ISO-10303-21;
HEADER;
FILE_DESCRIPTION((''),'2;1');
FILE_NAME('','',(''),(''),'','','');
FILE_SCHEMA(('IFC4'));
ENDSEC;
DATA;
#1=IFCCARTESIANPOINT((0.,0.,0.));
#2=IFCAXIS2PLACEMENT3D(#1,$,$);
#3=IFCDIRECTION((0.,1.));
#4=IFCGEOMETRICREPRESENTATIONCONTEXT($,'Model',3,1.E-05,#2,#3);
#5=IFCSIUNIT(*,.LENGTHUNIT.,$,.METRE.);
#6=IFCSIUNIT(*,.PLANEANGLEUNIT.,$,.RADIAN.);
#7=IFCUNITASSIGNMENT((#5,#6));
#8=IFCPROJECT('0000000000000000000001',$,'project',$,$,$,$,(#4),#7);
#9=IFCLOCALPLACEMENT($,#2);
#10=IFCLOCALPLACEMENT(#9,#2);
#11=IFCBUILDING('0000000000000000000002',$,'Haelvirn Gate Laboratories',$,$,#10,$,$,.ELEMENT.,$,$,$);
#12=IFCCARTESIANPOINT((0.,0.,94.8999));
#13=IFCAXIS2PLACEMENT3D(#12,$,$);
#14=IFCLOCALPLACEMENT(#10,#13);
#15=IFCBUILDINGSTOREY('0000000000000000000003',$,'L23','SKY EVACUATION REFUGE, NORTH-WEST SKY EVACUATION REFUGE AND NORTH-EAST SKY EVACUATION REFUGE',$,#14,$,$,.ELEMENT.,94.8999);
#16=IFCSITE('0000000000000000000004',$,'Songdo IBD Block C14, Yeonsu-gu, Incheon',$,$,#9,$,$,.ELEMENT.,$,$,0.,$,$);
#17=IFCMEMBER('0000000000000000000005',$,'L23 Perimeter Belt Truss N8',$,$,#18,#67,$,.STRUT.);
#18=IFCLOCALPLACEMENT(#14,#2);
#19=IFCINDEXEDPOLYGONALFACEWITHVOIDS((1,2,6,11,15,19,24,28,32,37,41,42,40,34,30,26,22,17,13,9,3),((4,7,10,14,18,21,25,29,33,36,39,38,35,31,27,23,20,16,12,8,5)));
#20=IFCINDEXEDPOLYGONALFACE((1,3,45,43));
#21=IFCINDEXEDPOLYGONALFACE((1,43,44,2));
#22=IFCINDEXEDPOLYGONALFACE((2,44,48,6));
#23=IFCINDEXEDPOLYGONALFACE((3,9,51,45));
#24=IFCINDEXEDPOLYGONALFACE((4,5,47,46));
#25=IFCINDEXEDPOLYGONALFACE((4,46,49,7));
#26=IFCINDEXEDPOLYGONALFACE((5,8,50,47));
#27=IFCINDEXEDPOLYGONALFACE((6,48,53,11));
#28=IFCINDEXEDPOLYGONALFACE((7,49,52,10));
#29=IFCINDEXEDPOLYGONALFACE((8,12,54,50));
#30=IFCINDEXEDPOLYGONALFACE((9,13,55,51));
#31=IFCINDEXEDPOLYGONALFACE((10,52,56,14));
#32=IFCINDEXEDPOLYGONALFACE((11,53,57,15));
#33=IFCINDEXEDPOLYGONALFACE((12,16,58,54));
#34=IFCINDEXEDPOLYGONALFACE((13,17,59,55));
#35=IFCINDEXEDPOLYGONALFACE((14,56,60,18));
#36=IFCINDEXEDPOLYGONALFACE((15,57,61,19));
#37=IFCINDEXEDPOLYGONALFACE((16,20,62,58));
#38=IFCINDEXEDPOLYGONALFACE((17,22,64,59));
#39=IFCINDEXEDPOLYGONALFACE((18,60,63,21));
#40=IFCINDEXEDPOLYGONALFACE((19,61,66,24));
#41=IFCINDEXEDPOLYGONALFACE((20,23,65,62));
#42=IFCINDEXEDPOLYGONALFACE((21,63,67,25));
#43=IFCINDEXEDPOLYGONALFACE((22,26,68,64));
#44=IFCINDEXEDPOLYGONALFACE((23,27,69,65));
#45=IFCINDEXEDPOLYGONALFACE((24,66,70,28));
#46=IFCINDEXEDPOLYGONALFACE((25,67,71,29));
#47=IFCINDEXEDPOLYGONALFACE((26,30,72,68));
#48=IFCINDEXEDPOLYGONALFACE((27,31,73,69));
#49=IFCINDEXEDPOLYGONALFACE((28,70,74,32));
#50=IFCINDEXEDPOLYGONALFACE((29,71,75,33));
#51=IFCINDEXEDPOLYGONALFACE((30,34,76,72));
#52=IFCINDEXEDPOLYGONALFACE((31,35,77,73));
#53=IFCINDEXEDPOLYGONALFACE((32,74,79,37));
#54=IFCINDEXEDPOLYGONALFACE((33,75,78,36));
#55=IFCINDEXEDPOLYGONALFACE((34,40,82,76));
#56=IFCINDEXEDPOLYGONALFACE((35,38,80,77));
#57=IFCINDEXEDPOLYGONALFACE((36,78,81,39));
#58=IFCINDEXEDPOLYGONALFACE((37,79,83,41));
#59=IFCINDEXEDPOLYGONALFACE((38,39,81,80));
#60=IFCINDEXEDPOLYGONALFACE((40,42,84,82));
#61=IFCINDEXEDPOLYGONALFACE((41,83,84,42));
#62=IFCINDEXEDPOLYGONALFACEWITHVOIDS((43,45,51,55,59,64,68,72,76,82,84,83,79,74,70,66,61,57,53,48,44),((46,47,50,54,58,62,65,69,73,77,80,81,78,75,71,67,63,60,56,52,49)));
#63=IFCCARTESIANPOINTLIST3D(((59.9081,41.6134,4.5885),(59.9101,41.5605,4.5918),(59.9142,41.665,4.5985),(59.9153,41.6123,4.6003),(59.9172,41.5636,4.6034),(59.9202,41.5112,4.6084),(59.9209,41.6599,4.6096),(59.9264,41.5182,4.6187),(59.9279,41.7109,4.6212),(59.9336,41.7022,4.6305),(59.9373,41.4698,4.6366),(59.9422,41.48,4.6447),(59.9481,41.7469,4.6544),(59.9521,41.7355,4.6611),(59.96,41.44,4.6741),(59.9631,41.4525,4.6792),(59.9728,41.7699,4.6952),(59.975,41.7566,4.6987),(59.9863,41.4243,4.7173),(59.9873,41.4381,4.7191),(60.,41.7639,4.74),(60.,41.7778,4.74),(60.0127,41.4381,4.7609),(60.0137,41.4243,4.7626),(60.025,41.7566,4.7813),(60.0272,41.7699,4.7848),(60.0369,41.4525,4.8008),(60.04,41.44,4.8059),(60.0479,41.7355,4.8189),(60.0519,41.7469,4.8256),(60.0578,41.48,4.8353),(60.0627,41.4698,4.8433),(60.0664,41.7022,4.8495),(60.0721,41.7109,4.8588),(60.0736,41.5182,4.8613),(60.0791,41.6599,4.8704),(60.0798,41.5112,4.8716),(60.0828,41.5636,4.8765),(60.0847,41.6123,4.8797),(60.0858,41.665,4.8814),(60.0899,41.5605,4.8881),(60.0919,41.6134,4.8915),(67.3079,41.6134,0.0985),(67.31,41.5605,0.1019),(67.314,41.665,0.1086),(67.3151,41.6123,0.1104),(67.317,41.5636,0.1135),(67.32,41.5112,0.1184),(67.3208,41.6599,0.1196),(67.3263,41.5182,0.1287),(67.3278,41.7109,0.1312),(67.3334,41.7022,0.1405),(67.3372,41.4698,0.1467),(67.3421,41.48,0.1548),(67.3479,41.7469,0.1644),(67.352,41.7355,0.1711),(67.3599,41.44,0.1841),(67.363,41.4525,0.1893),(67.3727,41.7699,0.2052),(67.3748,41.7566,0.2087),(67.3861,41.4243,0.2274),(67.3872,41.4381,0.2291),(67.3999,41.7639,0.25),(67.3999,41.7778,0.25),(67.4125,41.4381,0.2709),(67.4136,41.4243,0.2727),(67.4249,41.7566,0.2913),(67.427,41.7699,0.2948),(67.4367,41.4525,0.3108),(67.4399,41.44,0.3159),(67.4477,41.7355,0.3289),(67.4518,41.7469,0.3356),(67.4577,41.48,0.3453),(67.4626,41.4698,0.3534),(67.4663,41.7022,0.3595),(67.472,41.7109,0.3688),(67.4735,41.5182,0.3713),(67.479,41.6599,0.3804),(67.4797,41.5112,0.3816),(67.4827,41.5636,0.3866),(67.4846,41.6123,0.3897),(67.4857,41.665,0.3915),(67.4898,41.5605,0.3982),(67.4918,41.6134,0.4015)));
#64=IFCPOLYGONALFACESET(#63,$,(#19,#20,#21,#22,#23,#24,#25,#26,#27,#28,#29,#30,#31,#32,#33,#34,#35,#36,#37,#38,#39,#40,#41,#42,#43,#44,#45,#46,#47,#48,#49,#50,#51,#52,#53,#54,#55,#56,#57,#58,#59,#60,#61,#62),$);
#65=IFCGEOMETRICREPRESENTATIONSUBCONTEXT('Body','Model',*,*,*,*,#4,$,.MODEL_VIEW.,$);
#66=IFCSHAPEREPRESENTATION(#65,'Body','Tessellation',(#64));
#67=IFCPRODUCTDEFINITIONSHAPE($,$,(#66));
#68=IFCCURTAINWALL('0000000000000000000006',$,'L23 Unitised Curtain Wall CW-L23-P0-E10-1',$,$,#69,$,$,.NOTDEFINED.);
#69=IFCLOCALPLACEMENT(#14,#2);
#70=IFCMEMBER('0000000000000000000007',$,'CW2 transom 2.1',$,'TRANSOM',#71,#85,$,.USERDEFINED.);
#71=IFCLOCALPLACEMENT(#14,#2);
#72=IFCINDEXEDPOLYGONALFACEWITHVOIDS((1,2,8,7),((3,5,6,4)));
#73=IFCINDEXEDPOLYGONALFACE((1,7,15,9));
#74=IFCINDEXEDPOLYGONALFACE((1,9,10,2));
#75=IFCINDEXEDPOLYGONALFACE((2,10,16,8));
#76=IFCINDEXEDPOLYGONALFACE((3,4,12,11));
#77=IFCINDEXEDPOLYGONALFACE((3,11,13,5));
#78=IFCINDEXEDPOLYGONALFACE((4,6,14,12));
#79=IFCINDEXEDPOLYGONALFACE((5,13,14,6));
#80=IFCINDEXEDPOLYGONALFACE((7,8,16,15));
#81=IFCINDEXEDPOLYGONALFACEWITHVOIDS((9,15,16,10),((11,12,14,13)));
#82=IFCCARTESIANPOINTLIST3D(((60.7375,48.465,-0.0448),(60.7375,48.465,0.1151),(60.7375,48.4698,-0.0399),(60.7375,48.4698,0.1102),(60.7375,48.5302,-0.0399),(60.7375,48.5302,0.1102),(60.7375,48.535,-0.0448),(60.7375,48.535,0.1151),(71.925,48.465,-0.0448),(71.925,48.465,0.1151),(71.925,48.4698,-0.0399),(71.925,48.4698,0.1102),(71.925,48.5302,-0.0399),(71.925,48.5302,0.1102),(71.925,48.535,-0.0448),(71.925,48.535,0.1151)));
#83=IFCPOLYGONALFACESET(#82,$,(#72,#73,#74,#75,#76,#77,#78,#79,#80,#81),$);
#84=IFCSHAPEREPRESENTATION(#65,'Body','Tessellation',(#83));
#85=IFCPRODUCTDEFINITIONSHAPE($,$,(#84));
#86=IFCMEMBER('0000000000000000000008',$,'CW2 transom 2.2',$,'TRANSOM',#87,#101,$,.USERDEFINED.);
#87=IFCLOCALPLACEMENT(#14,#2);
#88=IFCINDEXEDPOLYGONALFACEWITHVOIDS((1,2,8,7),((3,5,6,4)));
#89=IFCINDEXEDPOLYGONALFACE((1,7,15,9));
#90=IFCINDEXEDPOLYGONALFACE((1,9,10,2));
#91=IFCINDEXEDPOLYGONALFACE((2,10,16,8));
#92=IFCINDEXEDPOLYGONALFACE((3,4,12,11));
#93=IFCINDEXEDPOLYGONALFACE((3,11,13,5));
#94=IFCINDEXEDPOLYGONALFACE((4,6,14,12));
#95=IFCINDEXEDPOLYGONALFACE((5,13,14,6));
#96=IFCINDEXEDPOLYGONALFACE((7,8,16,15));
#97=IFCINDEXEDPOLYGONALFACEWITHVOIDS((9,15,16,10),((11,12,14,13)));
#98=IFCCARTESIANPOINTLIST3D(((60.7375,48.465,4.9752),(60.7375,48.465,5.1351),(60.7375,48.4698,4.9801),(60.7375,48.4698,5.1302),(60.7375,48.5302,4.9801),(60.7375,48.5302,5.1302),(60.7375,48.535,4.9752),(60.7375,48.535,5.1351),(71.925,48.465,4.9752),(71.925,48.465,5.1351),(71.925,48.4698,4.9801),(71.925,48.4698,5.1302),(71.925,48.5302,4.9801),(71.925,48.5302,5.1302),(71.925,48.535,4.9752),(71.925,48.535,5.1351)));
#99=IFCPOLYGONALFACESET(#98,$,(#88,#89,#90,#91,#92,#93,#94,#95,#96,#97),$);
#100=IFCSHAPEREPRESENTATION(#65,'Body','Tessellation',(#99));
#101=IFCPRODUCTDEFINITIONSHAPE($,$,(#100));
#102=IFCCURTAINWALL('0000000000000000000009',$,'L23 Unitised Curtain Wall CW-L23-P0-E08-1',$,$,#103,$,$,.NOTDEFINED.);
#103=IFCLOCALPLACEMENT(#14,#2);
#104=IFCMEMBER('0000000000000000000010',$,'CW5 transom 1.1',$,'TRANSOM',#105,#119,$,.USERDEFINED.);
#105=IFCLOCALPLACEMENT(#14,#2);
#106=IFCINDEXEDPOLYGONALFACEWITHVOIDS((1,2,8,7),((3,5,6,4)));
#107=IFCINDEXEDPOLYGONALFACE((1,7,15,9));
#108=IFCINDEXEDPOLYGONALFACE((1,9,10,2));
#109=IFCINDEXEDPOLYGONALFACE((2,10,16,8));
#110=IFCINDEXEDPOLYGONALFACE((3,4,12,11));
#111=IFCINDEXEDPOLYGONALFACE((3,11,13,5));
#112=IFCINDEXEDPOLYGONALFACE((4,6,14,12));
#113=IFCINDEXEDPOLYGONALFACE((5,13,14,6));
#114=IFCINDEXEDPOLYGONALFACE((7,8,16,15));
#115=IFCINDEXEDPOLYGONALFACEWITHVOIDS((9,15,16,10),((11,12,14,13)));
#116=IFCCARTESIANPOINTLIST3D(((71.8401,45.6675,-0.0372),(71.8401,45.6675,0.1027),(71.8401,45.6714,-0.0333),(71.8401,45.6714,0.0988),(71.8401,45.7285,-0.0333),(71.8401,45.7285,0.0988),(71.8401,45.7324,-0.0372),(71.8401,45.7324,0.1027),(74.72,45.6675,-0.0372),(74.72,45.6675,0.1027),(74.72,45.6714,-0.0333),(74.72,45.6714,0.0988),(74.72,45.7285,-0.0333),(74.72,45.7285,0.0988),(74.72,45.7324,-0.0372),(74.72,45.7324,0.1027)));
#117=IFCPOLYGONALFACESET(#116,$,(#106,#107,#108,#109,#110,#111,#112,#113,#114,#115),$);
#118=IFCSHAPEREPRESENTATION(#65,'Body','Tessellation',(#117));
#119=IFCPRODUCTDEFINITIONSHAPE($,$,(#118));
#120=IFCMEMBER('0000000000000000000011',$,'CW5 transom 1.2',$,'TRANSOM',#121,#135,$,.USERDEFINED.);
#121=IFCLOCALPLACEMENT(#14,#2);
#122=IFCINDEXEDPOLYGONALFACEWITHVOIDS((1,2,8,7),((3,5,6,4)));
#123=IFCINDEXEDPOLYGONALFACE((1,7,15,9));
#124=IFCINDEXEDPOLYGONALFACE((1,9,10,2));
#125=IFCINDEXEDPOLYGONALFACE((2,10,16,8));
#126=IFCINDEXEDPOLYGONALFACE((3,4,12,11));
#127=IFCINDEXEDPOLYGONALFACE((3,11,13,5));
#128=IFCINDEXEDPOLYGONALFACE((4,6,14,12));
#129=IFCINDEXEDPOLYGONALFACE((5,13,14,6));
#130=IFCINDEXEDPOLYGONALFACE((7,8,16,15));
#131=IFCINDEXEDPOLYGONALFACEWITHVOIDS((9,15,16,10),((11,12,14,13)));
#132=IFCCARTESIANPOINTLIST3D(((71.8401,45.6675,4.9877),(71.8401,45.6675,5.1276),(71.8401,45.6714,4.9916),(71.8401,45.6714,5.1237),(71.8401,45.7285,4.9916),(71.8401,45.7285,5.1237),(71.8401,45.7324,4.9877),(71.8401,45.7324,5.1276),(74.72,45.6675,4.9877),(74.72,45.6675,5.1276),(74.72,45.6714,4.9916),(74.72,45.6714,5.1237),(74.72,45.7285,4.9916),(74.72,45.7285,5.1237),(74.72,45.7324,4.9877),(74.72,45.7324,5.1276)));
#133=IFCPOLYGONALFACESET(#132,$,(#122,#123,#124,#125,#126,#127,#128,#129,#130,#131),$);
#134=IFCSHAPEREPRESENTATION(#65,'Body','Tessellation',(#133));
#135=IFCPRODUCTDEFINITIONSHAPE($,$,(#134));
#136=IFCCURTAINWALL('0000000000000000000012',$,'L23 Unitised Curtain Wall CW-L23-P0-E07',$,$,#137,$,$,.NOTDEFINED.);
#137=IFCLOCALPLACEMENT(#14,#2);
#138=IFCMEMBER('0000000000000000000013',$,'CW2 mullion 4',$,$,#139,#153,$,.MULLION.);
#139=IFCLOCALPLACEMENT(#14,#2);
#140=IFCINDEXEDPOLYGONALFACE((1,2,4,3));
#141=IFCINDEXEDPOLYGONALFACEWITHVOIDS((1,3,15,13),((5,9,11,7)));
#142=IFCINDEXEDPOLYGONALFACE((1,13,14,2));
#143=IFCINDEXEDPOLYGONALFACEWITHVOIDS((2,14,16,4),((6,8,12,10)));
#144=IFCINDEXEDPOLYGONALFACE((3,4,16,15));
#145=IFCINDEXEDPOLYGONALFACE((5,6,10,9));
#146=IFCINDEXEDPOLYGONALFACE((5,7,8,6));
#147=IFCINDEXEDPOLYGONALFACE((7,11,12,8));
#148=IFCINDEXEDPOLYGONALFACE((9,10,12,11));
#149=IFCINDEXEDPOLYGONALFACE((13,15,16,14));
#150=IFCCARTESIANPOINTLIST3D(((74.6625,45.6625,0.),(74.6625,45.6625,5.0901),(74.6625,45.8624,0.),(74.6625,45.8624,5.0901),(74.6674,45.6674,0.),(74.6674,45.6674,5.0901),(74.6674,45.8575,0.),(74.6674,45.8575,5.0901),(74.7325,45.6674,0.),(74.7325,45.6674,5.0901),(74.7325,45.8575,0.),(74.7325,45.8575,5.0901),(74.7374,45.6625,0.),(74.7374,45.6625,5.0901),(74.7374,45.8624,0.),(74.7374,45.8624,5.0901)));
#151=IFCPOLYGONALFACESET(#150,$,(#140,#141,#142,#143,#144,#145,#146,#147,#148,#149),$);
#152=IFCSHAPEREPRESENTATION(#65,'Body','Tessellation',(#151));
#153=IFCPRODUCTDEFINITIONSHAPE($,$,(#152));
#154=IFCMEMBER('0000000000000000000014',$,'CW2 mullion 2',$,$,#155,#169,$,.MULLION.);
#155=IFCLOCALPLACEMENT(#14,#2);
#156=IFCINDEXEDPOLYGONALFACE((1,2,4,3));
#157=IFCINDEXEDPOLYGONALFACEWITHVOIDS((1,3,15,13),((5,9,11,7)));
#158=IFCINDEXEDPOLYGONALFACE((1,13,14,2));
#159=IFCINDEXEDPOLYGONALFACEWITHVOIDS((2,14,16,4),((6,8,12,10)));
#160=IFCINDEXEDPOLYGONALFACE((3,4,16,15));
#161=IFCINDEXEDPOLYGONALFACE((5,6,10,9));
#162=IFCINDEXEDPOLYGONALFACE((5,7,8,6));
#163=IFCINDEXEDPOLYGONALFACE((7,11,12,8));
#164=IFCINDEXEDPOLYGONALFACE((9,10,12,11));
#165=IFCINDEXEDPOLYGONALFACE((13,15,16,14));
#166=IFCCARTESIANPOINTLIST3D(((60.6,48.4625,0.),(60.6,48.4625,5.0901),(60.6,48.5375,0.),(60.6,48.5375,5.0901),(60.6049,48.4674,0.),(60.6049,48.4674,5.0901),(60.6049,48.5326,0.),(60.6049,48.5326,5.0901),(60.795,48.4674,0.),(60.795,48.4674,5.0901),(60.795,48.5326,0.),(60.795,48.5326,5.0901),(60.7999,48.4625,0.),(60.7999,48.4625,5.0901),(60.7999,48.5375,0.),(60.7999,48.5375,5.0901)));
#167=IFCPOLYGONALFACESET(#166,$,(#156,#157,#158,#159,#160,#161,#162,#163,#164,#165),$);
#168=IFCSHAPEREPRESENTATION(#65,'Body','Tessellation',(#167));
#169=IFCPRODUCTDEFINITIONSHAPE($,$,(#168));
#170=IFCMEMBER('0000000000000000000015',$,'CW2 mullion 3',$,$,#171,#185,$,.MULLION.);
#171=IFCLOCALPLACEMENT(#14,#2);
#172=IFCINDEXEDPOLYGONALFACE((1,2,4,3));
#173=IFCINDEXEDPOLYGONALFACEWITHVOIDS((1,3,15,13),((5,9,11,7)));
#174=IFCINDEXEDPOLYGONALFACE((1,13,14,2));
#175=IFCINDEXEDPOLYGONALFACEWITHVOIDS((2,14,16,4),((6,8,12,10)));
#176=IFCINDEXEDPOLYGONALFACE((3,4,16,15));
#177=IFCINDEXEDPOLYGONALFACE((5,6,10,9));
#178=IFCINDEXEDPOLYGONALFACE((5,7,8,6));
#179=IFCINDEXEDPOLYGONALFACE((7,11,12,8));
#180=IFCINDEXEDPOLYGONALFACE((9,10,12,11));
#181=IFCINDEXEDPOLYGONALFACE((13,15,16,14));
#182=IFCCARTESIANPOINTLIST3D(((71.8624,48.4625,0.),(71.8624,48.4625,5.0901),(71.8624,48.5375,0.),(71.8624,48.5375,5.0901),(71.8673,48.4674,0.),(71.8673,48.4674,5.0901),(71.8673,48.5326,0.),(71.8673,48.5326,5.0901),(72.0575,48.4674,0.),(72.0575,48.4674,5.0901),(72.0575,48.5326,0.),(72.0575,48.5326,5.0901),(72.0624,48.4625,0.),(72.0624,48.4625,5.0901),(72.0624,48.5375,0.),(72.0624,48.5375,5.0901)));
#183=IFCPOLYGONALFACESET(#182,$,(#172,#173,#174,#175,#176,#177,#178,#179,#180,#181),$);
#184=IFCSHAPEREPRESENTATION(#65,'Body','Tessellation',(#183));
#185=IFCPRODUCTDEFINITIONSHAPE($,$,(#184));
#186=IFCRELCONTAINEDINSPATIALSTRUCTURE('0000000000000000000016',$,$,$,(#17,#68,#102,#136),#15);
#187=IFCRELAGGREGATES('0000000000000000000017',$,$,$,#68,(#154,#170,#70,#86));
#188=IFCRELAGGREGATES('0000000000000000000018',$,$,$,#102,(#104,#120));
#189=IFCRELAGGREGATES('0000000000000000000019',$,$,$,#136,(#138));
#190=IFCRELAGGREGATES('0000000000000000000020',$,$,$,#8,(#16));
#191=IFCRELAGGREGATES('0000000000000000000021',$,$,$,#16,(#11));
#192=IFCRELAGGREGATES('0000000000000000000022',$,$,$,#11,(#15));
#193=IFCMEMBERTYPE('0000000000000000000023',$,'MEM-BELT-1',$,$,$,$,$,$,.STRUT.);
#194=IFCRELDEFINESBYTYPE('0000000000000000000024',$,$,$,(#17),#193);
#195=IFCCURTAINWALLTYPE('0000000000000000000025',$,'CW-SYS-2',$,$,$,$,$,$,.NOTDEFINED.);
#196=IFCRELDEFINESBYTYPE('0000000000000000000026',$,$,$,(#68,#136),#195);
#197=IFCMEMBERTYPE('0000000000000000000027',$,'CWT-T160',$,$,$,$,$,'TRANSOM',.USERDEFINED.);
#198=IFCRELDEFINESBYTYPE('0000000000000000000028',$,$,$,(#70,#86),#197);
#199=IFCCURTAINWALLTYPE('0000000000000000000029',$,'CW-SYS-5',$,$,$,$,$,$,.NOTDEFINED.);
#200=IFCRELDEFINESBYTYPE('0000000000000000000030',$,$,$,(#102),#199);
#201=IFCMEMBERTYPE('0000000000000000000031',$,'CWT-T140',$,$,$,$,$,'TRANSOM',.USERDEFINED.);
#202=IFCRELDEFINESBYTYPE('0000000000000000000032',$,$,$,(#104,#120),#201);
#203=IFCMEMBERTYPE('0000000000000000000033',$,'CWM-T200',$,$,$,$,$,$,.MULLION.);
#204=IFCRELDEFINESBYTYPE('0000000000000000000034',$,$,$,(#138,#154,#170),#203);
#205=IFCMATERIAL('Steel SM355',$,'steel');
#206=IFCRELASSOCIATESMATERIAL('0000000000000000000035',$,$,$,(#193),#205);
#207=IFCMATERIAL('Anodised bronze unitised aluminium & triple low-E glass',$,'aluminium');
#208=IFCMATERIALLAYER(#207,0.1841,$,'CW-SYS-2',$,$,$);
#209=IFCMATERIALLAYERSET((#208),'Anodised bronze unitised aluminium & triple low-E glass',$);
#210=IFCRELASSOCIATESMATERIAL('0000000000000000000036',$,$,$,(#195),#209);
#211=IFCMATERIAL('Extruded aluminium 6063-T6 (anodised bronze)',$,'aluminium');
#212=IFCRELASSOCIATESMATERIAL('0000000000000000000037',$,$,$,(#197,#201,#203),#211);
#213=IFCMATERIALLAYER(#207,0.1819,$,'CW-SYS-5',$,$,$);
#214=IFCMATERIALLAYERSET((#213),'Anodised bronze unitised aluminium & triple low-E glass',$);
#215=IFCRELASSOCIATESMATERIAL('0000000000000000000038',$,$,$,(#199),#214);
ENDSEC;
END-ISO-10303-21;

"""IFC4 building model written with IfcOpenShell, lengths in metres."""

from ifc_helpers import new_model, si_unit, direction, frame, origin, origin_2d, place, context, subcontext, project, spatial, hollow_rectangle, hollow_circle, extrude, source, transform, mapped, material, layer, layer_set, material_profile, profile_set, type_object, type_shapes, element, aggregate, save


model = new_model("IFC4")

# Units and contexts
model_context = context("Model", 3, precision=1e-05, world=origin(), true_north=direction((0.0, 1.0)))
body_context = subcontext(model_context, "Body", "Model", "MODEL_VIEW")
ifc_project = project(units=[si_unit("LENGTHUNIT", "METRE"), si_unit("PLANEANGLEUNIT", "RADIAN")], contexts=[model_context])

# Site, building, storey
site_placement = place(None, origin())
site = spatial("IfcSite", under=ifc_project, at=site_placement, Name="Songdo IBD Block C14, Yeonsu-gu, Incheon", CompositionType="ELEMENT", RefElevation=0.0)
building_placement = place(site_placement, origin())
building = spatial("IfcBuilding", under=site, at=building_placement, Name="Haelvirn Gate Laboratories", CompositionType="ELEMENT")
storey_placement = place(building_placement, frame((0.0, 0.0, 94.8999)))
storey = spatial("IfcBuildingStorey", under=building, at=storey_placement, Name="L23", Description="SKY EVACUATION REFUGE, NORTH-WEST SKY EVACUATION REFUGE AND NORTH-EAST SKY EVACUATION REFUGE", CompositionType="ELEMENT", Elevation=94.8999)

# Shared definitions
ifc_material_1 = material(Name="Steel SM355", Category="steel")

# Member
ifc_material_profile_1 = material_profile(ifc_material_1, hollow_circle(Radius=0.1777, WallThickness=0.0139, at=origin_2d()), Name="CHS-355x14")
ifc_profile_set_1 = profile_set([ifc_material_profile_1], Name="Steel SM355")
member_type_1 = type_object("IfcMemberType", Name="MEM-BELT-1", PredefinedType="STRUT", material=ifc_profile_set_1)
shared_shape_1 = source(origin(), body_context, "Body", "SweptSolid", [
    extrude(hollow_circle(Radius=0.1777, WallThickness=0.0139, at=origin_2d()), origin(), (0.0, 0.0, 1.0), 8.6555),
])
type_shapes(member_type_1, [shared_shape_1])
member_1_placement = place(storey_placement, frame((60.0, 41.6001, 4.74), z_axis=(0.854931, 0.0, -0.518741), x_axis=(0.0, 1.0, 0.0)))
element("IfcMember", 1, at=member_1_placement, inside=storey, type_object=member_type_1, Name="L23 Perimeter Belt Truss N8", PredefinedType="STRUT", context=body_context, shape_type="MappedRepresentation", body=[
    mapped(shared_shape_1, transform((0.0, 0.0, 0.0), scale=1.0)),
])

# Curtain walls, members
ifc_material_2 = material(Name="Anodised bronze unitised aluminium & triple low-E glass", Category="aluminium")
ifc_layer_1 = layer(ifc_material_2, 0.1841, Name="CW-SYS-2")
ifc_layer_set_1 = layer_set([ifc_layer_1], Name="Anodised bronze unitised aluminium & triple low-E glass")
curtain_wall_type_1 = type_object("IfcCurtainWallType", Name="CW-SYS-2", PredefinedType="NOTDEFINED", material=ifc_layer_set_1)
curtain_wall_1_placement = place(storey_placement, origin())
curtain_wall_1 = element("IfcCurtainWall", 2, at=curtain_wall_1_placement, inside=storey, type_object=curtain_wall_type_1, Name="L23 Unitised Curtain Wall CW-L23-P0-E10-1", PredefinedType="NOTDEFINED")
ifc_material_3 = material(Name="Extruded aluminium 6063-T6 (anodised bronze)", Category="aluminium")
ifc_material_profile_2 = material_profile(ifc_material_3, hollow_rectangle(XDim=0.0701, YDim=0.1599, WallThickness=0.0049, at=origin_2d()), Name="CWT-160x70x5")
ifc_profile_set_2 = profile_set([ifc_material_profile_2], Name="Extruded aluminium 6063-T6 (anodised bronze)")
member_type_2 = type_object("IfcMemberType", Name="CWT-T160", ElementType="TRANSOM", PredefinedType="USERDEFINED", material=ifc_profile_set_2)
shared_shape_2 = source(origin(), body_context, "Body", "SweptSolid", [
    extrude(hollow_rectangle(XDim=0.0701, YDim=0.1599, WallThickness=0.0049, at=origin_2d()), origin(), (0.0, 0.0, 1.0), 11.1875),
])
type_shapes(member_type_2, [shared_shape_2])
member_2_placement = place(storey_placement, frame((60.7375, 48.5, 0.0352), z_axis=(1.0, 0.0, 0.0), x_axis=(0.0, 1.0, 0.0)))
member_2 = element("IfcMember", 3, at=member_2_placement, type_object=member_type_2, Name="CW2 transom 2.1", ObjectType="TRANSOM", PredefinedType="USERDEFINED", context=body_context, shape_type="MappedRepresentation", body=[
    mapped(shared_shape_2, transform((0.0, 0.0, 0.0), scale=1.0)),
])
member_3_placement = place(storey_placement, frame((60.7375, 48.5, 5.0552), z_axis=(1.0, 0.0, 0.0), x_axis=(0.0, 1.0, 0.0)))
member_3 = element("IfcMember", 4, at=member_3_placement, type_object=member_type_2, Name="CW2 transom 2.2", ObjectType="TRANSOM", PredefinedType="USERDEFINED", context=body_context, shape_type="MappedRepresentation", body=[
    mapped(shared_shape_2, transform((0.0, 0.0, 0.0), scale=1.0)),
])
ifc_layer_2 = layer(ifc_material_2, 0.1819, Name="CW-SYS-5")
ifc_layer_set_2 = layer_set([ifc_layer_2], Name="Anodised bronze unitised aluminium & triple low-E glass")
curtain_wall_type_2 = type_object("IfcCurtainWallType", Name="CW-SYS-5", PredefinedType="NOTDEFINED", material=ifc_layer_set_2)
curtain_wall_2_placement = place(storey_placement, origin())
curtain_wall_2 = element("IfcCurtainWall", 5, at=curtain_wall_2_placement, inside=storey, type_object=curtain_wall_type_2, Name="L23 Unitised Curtain Wall CW-L23-P0-E08-1", PredefinedType="NOTDEFINED")
ifc_material_profile_3 = material_profile(ifc_material_3, hollow_rectangle(XDim=0.0649, YDim=0.1399, WallThickness=0.0039, at=origin_2d()), Name="CWT-140x65x4")
ifc_profile_set_3 = profile_set([ifc_material_profile_3], Name="Extruded aluminium 6063-T6 (anodised bronze)")
member_type_3 = type_object("IfcMemberType", Name="CWT-T140", ElementType="TRANSOM", PredefinedType="USERDEFINED", material=ifc_profile_set_3)
shared_shape_3 = source(origin(), body_context, "Body", "SweptSolid", [
    extrude(hollow_rectangle(XDim=0.0649, YDim=0.1399, WallThickness=0.0039, at=origin_2d()), origin(), (0.0, 0.0, 1.0), 2.8799),
])
type_shapes(member_type_3, [shared_shape_3])
member_4_placement = place(storey_placement, frame((71.8401, 45.7, 0.0327), z_axis=(1.0, 0.0, 0.0), x_axis=(0.0, 1.0, 0.0)))
member_4 = element("IfcMember", 6, at=member_4_placement, type_object=member_type_3, Name="CW5 transom 1.1", ObjectType="TRANSOM", PredefinedType="USERDEFINED", context=body_context, shape_type="MappedRepresentation", body=[
    mapped(shared_shape_3, transform((0.0, 0.0, 0.0), scale=1.0)),
])
member_5_placement = place(storey_placement, frame((71.8401, 45.7, 5.0576), z_axis=(1.0, 0.0, 0.0), x_axis=(0.0, 1.0, 0.0)))
member_5 = element("IfcMember", 7, at=member_5_placement, type_object=member_type_3, Name="CW5 transom 1.2", ObjectType="TRANSOM", PredefinedType="USERDEFINED", context=body_context, shape_type="MappedRepresentation", body=[
    mapped(shared_shape_3, transform((0.0, 0.0, 0.0), scale=1.0)),
])

# Curtain wall, member
curtain_wall_3_placement = place(storey_placement, origin())
curtain_wall_3 = element("IfcCurtainWall", 8, at=curtain_wall_3_placement, inside=storey, type_object=curtain_wall_type_1, Name="L23 Unitised Curtain Wall CW-L23-P0-E07", PredefinedType="NOTDEFINED")
ifc_material_profile_4 = material_profile(ifc_material_3, hollow_rectangle(XDim=0.075, YDim=0.2, WallThickness=0.0049, at=origin_2d()), Name="CWM-200x75x5")
ifc_profile_set_4 = profile_set([ifc_material_profile_4], Name="Extruded aluminium 6063-T6 (anodised bronze)")
member_type_4 = type_object("IfcMemberType", Name="CWM-T200", PredefinedType="MULLION", material=ifc_profile_set_4)
shared_shape_4 = source(origin(), body_context, "Body", "SweptSolid", [
    extrude(hollow_rectangle(XDim=0.075, YDim=0.2, WallThickness=0.0049, at=origin_2d()), origin(), (0.0, 0.0, 1.0), 5.0901),
])
type_shapes(member_type_4, [shared_shape_4])
member_6_placement = place(storey_placement, frame((74.7, 45.7625, 0.0), z_axis=(0.0, 0.0, 1.0), x_axis=(-1.0, 0.0, 0.0)))
member_6 = element("IfcMember", 9, at=member_6_placement, type_object=member_type_4, Name="CW2 mullion 4", PredefinedType="MULLION", context=body_context, shape_type="MappedRepresentation", body=[
    mapped(shared_shape_4, transform((0.0, 0.0, 0.0), scale=1.0)),
])

# Members
member_7_placement = place(storey_placement, frame((60.7, 48.5, 0.0), z_axis=(0.0, 0.0, 1.0), x_axis=(0.0, 1.0, 0.0)))
member_7 = element("IfcMember", 10, at=member_7_placement, type_object=member_type_4, Name="CW2 mullion 2", PredefinedType="MULLION", context=body_context, shape_type="MappedRepresentation", body=[
    mapped(shared_shape_4, transform((0.0, 0.0, 0.0), scale=1.0)),
])
member_8_placement = place(storey_placement, frame((71.9624, 48.5, 0.0), z_axis=(0.0, 0.0, 1.0), x_axis=(0.0, 1.0, 0.0)))
member_8 = element("IfcMember", 11, at=member_8_placement, type_object=member_type_4, Name="CW2 mullion 3", PredefinedType="MULLION", context=body_context, shape_type="MappedRepresentation", body=[
    mapped(shared_shape_4, transform((0.0, 0.0, 0.0), scale=1.0)),
])

aggregate(curtain_wall_1, [member_7, member_8, member_2, member_3])
aggregate(curtain_wall_2, [member_4, member_5])
aggregate(curtain_wall_3, [member_6])

save(model, "model.ifc")
